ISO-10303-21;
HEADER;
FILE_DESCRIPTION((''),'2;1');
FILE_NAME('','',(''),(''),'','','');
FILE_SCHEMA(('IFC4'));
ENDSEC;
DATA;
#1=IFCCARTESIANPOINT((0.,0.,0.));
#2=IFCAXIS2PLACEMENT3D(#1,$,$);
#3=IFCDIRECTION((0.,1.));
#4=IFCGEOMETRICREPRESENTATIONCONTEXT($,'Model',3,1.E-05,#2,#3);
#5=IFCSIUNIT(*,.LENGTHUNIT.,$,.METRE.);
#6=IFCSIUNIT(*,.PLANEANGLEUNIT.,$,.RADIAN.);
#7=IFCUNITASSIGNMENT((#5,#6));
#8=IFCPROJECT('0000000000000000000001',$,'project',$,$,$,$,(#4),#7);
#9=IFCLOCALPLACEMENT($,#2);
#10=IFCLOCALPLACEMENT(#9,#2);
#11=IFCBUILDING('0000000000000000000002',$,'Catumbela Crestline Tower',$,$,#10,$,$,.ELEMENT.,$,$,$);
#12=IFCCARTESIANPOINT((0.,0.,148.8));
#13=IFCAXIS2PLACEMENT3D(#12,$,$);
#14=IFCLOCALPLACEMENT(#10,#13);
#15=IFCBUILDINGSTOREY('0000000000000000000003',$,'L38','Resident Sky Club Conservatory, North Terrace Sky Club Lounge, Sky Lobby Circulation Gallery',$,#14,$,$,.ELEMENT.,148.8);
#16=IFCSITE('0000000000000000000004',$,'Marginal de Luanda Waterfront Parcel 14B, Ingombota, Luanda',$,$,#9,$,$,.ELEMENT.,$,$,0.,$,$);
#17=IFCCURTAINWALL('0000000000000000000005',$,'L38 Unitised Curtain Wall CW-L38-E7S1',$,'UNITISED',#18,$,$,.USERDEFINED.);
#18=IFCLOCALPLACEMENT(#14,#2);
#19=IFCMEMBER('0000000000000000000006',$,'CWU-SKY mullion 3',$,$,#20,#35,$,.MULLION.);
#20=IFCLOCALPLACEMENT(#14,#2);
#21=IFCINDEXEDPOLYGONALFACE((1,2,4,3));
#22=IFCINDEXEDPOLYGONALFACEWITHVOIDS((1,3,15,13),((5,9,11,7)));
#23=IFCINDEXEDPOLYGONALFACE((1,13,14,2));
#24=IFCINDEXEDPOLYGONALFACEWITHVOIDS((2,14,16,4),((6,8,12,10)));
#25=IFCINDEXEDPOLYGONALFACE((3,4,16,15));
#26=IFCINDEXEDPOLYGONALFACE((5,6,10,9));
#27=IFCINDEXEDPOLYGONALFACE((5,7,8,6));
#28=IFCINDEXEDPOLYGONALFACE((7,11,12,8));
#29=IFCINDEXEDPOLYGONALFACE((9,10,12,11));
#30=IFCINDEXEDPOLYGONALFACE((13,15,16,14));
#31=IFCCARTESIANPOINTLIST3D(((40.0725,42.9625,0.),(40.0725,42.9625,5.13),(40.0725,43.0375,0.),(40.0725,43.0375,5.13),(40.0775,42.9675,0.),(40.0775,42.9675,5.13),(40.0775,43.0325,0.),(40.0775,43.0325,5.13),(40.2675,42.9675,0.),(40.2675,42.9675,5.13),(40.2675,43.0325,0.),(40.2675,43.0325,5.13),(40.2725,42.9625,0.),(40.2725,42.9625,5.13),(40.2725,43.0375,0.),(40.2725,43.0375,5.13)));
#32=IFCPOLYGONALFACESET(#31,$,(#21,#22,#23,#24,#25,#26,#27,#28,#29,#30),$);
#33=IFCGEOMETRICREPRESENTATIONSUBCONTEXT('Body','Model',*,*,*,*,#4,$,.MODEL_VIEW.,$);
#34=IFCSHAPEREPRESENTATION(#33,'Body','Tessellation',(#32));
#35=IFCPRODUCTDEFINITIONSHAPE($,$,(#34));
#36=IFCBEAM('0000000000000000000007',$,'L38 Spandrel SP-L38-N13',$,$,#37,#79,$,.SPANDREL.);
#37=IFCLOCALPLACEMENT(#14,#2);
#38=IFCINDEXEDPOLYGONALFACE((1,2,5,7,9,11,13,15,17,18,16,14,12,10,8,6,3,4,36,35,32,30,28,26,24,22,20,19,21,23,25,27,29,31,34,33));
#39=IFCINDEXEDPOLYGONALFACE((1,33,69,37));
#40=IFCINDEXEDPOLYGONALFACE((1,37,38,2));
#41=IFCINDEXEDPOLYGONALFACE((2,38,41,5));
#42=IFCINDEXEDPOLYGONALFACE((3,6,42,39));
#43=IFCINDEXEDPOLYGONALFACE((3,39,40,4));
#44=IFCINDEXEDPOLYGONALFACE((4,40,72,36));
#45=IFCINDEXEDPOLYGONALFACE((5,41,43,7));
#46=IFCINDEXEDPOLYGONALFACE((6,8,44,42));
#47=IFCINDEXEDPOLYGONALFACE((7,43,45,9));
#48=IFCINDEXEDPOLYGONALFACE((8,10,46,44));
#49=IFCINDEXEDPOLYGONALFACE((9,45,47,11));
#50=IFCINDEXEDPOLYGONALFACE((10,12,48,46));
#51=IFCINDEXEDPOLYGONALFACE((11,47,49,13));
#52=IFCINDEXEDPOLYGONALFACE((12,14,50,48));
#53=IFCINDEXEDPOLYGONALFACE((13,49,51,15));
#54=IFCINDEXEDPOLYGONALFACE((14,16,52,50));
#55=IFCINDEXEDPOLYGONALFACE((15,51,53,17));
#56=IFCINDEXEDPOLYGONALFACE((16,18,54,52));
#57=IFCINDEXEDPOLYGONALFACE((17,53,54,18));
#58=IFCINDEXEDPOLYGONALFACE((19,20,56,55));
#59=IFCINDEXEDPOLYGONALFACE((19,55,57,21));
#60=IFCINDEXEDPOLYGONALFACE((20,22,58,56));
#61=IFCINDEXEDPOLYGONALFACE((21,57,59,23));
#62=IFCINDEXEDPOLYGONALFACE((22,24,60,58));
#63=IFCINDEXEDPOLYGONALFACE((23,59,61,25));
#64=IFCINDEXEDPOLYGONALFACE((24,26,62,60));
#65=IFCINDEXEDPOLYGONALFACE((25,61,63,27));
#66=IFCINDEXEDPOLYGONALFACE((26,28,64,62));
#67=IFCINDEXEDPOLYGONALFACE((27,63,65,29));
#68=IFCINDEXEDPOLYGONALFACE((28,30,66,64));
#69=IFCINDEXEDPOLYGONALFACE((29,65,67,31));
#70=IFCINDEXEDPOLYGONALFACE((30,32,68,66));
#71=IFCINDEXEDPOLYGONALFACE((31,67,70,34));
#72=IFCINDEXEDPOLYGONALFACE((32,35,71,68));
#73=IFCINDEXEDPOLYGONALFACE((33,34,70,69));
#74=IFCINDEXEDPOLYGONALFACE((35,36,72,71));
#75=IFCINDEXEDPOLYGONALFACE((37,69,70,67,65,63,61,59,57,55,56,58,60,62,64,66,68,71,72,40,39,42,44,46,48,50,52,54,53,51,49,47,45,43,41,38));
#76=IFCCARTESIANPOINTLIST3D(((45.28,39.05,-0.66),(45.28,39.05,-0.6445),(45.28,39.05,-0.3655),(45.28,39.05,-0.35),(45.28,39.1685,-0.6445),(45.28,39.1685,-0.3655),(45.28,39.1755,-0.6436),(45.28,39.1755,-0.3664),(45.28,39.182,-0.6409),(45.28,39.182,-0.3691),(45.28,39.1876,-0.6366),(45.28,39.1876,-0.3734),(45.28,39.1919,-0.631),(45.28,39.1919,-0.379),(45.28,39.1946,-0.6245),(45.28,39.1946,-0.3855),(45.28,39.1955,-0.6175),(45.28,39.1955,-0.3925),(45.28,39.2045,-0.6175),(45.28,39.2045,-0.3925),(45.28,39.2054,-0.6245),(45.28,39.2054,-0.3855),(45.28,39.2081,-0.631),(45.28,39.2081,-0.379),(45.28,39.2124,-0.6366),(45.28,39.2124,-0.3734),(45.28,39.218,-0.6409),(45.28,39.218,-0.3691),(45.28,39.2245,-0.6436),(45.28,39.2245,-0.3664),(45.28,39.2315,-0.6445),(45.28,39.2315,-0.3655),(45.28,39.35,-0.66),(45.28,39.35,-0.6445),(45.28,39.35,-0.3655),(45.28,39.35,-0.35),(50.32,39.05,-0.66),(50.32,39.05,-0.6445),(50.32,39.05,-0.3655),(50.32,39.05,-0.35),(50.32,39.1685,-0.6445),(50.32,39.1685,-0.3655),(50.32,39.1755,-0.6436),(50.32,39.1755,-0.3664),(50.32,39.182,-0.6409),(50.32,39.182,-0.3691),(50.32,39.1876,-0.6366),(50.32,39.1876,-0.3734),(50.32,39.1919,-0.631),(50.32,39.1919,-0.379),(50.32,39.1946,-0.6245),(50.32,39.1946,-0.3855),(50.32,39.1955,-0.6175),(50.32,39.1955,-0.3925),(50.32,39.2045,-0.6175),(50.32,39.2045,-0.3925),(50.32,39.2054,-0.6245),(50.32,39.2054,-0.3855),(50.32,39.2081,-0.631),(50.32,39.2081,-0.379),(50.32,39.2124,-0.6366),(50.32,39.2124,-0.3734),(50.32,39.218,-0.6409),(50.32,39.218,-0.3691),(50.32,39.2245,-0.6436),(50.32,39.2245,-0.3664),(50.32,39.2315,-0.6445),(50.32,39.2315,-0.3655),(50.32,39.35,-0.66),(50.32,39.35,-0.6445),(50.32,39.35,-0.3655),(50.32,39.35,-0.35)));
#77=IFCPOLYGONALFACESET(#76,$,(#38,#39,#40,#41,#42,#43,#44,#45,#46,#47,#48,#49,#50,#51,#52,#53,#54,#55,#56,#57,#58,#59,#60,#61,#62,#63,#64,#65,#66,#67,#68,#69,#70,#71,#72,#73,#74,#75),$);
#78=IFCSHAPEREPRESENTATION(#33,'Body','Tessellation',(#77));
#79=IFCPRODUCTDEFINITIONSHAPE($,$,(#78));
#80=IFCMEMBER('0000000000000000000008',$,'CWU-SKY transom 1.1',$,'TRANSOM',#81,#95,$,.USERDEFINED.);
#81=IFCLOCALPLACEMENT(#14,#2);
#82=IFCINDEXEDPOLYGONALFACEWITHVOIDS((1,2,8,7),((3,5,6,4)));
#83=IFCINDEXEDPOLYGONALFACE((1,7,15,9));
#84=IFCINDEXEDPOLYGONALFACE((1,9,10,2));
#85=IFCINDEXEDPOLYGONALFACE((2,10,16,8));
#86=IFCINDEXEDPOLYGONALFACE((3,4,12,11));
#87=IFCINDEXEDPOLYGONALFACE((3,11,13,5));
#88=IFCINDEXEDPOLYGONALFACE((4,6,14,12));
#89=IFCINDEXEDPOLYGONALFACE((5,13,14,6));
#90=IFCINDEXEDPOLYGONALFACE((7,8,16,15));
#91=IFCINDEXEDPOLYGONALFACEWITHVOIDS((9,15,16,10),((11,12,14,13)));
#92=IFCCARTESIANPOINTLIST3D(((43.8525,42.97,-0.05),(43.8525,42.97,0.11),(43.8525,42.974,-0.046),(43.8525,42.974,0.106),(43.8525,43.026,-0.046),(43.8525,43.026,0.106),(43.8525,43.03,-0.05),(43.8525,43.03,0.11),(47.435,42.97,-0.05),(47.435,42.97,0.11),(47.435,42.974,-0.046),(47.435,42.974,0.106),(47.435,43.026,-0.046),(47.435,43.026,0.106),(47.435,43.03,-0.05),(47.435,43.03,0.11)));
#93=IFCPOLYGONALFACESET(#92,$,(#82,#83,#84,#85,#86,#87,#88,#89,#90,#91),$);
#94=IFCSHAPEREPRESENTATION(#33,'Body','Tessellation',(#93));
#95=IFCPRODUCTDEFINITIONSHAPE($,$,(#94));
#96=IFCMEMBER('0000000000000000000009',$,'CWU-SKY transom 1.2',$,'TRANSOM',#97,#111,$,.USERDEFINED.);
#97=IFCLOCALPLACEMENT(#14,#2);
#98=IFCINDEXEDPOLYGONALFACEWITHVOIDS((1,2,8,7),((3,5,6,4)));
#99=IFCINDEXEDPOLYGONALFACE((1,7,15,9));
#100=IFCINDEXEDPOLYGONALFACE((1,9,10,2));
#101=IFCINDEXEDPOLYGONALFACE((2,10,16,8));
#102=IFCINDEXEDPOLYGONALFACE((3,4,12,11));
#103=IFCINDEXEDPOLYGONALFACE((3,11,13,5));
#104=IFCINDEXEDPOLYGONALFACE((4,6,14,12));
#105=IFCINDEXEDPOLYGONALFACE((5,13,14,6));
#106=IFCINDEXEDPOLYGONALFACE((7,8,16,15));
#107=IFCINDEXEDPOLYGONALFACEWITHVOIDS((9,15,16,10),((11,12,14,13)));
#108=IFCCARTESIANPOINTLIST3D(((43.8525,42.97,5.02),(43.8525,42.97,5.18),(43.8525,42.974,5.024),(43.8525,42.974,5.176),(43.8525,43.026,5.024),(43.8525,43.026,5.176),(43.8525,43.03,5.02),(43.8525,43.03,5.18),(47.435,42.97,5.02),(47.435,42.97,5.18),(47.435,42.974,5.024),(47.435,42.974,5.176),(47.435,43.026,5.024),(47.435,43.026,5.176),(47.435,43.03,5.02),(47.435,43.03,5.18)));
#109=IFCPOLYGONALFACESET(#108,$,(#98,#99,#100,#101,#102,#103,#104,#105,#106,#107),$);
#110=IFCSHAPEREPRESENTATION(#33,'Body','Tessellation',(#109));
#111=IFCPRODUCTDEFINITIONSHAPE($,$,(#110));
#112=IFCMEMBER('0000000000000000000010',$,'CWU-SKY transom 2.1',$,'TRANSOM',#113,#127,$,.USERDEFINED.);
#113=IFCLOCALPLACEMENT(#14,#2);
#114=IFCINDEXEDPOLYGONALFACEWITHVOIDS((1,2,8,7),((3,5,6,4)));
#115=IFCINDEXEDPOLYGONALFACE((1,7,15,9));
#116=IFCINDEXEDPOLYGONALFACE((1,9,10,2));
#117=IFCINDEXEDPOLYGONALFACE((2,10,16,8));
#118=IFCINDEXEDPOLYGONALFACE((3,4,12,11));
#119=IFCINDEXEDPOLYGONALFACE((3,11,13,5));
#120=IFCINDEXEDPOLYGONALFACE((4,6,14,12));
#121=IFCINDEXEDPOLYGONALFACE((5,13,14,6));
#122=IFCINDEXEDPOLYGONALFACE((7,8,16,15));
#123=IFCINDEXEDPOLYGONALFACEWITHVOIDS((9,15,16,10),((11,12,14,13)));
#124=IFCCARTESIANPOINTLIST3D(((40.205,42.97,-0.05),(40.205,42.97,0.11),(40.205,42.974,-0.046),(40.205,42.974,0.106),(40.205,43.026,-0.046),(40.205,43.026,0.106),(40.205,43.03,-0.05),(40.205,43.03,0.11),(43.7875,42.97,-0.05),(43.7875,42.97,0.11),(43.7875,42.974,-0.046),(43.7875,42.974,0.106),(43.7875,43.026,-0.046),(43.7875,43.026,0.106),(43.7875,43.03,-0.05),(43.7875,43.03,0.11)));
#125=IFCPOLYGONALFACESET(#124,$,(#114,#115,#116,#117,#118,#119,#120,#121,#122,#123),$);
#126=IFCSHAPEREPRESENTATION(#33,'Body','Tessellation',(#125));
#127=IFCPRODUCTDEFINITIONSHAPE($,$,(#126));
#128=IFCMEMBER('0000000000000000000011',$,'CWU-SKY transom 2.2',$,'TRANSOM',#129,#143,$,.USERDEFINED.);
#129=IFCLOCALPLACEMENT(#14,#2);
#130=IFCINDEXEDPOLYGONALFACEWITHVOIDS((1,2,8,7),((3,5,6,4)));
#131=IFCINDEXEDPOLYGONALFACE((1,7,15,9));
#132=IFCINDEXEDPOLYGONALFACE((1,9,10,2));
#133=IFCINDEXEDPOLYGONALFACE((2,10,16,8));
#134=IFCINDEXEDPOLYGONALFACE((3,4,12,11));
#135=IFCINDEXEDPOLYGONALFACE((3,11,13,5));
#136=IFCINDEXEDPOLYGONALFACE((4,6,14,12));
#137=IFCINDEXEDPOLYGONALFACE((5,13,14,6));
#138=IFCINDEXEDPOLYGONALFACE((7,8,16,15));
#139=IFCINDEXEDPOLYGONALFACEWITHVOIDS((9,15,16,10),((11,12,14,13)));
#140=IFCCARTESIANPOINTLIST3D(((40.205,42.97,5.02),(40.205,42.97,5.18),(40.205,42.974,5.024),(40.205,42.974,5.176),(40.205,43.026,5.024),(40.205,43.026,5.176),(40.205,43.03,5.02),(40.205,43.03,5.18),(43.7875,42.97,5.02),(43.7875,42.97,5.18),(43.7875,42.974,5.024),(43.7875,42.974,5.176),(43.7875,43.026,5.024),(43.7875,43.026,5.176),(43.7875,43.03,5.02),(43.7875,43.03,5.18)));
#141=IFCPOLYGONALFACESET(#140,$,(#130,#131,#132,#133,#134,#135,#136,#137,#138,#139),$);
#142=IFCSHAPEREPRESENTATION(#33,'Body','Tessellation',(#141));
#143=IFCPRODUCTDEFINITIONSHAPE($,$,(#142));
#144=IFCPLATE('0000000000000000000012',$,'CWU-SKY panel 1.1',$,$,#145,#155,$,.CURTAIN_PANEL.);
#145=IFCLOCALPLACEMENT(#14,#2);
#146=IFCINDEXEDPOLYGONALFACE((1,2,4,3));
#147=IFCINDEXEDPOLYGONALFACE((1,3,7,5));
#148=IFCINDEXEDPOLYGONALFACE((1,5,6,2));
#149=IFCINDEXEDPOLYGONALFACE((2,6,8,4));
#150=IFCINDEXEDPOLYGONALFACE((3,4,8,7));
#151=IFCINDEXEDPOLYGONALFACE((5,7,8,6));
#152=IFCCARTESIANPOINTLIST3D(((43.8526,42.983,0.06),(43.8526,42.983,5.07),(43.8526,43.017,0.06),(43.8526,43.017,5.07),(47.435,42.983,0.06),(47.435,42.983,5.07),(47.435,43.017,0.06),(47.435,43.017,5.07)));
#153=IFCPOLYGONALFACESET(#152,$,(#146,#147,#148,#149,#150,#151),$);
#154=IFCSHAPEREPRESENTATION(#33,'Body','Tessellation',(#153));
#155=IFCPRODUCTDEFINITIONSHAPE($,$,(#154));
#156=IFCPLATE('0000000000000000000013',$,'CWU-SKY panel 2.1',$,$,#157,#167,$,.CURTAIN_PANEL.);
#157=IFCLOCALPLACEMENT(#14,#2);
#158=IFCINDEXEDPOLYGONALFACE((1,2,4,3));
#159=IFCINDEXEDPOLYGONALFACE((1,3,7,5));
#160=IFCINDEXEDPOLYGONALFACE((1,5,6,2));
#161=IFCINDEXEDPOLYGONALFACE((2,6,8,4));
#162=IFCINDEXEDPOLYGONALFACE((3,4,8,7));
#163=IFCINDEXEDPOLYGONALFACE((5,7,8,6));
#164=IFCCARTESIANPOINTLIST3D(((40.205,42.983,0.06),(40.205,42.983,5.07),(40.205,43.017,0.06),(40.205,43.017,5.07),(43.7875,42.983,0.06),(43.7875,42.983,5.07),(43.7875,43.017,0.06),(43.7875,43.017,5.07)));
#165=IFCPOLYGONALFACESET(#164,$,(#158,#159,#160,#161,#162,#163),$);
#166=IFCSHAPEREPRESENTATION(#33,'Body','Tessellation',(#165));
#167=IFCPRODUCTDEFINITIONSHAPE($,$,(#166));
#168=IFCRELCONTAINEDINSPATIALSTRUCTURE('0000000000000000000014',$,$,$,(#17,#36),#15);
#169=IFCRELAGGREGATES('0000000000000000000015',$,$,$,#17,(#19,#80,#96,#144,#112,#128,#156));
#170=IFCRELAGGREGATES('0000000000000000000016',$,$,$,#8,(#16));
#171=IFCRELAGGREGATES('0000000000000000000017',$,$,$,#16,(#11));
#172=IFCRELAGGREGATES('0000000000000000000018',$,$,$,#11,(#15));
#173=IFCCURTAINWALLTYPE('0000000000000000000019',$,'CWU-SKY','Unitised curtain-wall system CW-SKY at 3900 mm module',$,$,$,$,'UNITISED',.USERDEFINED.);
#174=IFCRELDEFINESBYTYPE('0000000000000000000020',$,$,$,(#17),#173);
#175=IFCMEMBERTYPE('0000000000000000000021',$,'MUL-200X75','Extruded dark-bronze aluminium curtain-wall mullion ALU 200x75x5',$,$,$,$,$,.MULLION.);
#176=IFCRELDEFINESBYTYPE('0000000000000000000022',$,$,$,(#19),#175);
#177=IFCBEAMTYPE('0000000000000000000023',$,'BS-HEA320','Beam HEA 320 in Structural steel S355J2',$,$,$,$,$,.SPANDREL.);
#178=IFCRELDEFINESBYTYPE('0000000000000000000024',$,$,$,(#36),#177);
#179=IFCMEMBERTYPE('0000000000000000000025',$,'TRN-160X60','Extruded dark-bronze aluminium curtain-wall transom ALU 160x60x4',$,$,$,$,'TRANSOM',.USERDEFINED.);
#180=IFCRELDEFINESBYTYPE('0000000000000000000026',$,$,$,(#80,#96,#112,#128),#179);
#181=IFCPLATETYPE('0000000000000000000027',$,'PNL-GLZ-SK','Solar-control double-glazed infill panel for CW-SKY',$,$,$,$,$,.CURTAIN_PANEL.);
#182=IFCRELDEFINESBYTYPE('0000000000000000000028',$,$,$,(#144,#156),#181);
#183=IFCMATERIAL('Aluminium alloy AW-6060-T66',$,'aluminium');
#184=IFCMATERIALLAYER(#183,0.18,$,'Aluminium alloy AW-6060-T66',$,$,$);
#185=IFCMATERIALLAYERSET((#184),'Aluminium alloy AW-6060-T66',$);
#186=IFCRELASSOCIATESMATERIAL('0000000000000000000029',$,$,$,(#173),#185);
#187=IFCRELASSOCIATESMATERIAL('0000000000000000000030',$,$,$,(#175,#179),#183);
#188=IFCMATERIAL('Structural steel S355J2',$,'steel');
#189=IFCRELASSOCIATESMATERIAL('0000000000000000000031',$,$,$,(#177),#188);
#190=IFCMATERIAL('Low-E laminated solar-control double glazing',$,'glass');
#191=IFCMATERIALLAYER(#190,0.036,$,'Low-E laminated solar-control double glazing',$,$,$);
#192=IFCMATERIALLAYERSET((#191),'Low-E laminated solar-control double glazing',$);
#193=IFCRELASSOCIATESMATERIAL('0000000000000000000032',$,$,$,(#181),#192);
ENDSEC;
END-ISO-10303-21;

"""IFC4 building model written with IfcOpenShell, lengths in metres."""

from ifc_helpers import new_model, si_unit, direction, frame, origin, origin_2d, place, context, subcontext, project, spatial, rectangle, hollow_rectangle, i_section, extrude, material, layer, layer_set, material_profile, profile_set, type_object, element, aggregate, save


model = new_model("IFC4")

# Units and contexts
model_context = context("Model", 3, precision=1e-05, world=origin(), true_north=direction((0.0, 1.0)))
body_context = subcontext(model_context, "Body", "Model", "MODEL_VIEW")
ifc_project = project(units=[si_unit("LENGTHUNIT", "METRE"), si_unit("PLANEANGLEUNIT", "RADIAN")], contexts=[model_context])

# Site, building, storey
site_placement = place(None, origin())
site = spatial("IfcSite", under=ifc_project, at=site_placement, Name="Marginal de Luanda Waterfront Parcel 14B, Ingombota, Luanda", CompositionType="ELEMENT", RefElevation=0.0)
building_placement = place(site_placement, origin())
building = spatial("IfcBuilding", under=site, at=building_placement, Name="Catumbela Crestline Tower", CompositionType="ELEMENT")
storey_placement = place(building_placement, frame((0.0, 0.0, 148.8)))
storey = spatial("IfcBuildingStorey", under=building, at=storey_placement, Name="L38", Description="Resident Sky Club Conservatory, North Terrace Sky Club Lounge, Sky Lobby Circulation Gallery", CompositionType="ELEMENT", Elevation=148.8)

# Shared definitions
ifc_material_1 = material(Name="Aluminium alloy AW-6060-T66", Category="aluminium")
ifc_layer_1 = layer(ifc_material_1, 0.18, Name="Aluminium alloy AW-6060-T66")
ifc_layer_set_1 = layer_set([ifc_layer_1], Name="Aluminium alloy AW-6060-T66")
curtain_wall_type = type_object("IfcCurtainWallType", Name="CWU-SKY", Description="Unitised curtain-wall system CW-SKY at 3900 mm module", ElementType="UNITISED", PredefinedType="USERDEFINED", material=ifc_layer_set_1)
ifc_material_profile_1 = material_profile(ifc_material_1, hollow_rectangle(XDim=0.075, YDim=0.2, WallThickness=0.005, at=origin_2d()), Name="ALU 200x75x5")
ifc_profile_set_1 = profile_set([ifc_material_profile_1], Name="Aluminium alloy AW-6060-T66")
member_type_1 = type_object("IfcMemberType", Name="MUL-200X75", Description="Extruded dark-bronze aluminium curtain-wall mullion ALU 200x75x5", PredefinedType="MULLION", material=ifc_profile_set_1)

# Curtain wall, member
curtain_wall_1_placement = place(storey_placement, origin())
curtain_wall_1 = element("IfcCurtainWall", 1, at=curtain_wall_1_placement, inside=storey, type_object=curtain_wall_type, Name="L38 Unitised Curtain Wall CW-L38-E7S1", ObjectType="UNITISED", PredefinedType="USERDEFINED")
member_1_placement = place(storey_placement, frame((40.1725, 43.0, 0.0), z_axis=(0.0, 0.0, 1.0), x_axis=(0.0, -1.0, 0.0)))
member_1 = element("IfcMember", 2, at=member_1_placement, type_object=member_type_1, Name="CWU-SKY mullion 3", PredefinedType="MULLION", context=body_context, shape_type="SweptSolid", body=[
    extrude(hollow_rectangle(XDim=0.075, YDim=0.2, WallThickness=0.005, at=origin_2d()), origin(), (0.0, 0.0, 1.0), 5.13),
])

# Beam
ifc_material_2 = material(Name="Structural steel S355J2", Category="steel")
ifc_material_profile_2 = material_profile(ifc_material_2, i_section(OverallWidth=0.3, OverallDepth=0.31, WebThickness=0.009, FlangeThickness=0.0155, FilletRadius=0.027, at=origin_2d()), Name="HEA 320")
ifc_profile_set_2 = profile_set([ifc_material_profile_2], Name="Structural steel S355J2")
beam_type = type_object("IfcBeamType", Name="BS-HEA320", Description="Beam HEA 320 in Structural steel S355J2", PredefinedType="SPANDREL", material=ifc_profile_set_2)
beam_placement = place(storey_placement, frame((45.28, 39.2, -0.505), z_axis=(1.0, 0.0, 0.0), x_axis=(0.0, 1.0, 0.0)))
element("IfcBeam", 3, at=beam_placement, inside=storey, type_object=beam_type, Name="L38 Spandrel SP-L38-N13", PredefinedType="SPANDREL", context=body_context, shape_type="SweptSolid", body=[
    extrude(i_section(OverallWidth=0.3, OverallDepth=0.31, WebThickness=0.009, FlangeThickness=0.0155, FilletRadius=0.027, at=origin_2d()), origin(), (0.0, 0.0, 1.0), 5.04),
])

# Members
ifc_material_profile_3 = material_profile(ifc_material_1, hollow_rectangle(XDim=0.06, YDim=0.16, WallThickness=0.004, at=origin_2d()), Name="ALU 160x60x4")
ifc_profile_set_3 = profile_set([ifc_material_profile_3], Name="Aluminium alloy AW-6060-T66")
member_type_2 = type_object("IfcMemberType", Name="TRN-160X60", Description="Extruded dark-bronze aluminium curtain-wall transom ALU 160x60x4", ElementType="TRANSOM", PredefinedType="USERDEFINED", material=ifc_profile_set_3)
member_2_placement = place(storey_placement, frame((47.435, 43.0, 0.03), z_axis=(-1.0, 0.0, 0.0), x_axis=(0.0, -1.0, 0.0)))
member_2 = element("IfcMember", 4, at=member_2_placement, type_object=member_type_2, Name="CWU-SKY transom 1.1", ObjectType="TRANSOM", PredefinedType="USERDEFINED", context=body_context, shape_type="SweptSolid", body=[
    extrude(hollow_rectangle(XDim=0.06, YDim=0.16, WallThickness=0.004, at=origin_2d()), origin(), (0.0, 0.0, 1.0), 3.5825),
])
member_3_placement = place(storey_placement, frame((47.435, 43.0, 5.1), z_axis=(-1.0, 0.0, 0.0), x_axis=(0.0, -1.0, 0.0)))
member_3 = element("IfcMember", 5, at=member_3_placement, type_object=member_type_2, Name="CWU-SKY transom 1.2", ObjectType="TRANSOM", PredefinedType="USERDEFINED", context=body_context, shape_type="SweptSolid", body=[
    extrude(hollow_rectangle(XDim=0.06, YDim=0.16, WallThickness=0.004, at=origin_2d()), origin(), (0.0, 0.0, 1.0), 3.5825),
])
member_4_placement = place(storey_placement, frame((43.7875, 43.0, 0.03), z_axis=(-1.0, 0.0, 0.0), x_axis=(0.0, -1.0, 0.0)))
member_4 = element("IfcMember", 6, at=member_4_placement, type_object=member_type_2, Name="CWU-SKY transom 2.1", ObjectType="TRANSOM", PredefinedType="USERDEFINED", context=body_context, shape_type="SweptSolid", body=[
    extrude(hollow_rectangle(XDim=0.06, YDim=0.16, WallThickness=0.004, at=origin_2d()), origin(), (0.0, 0.0, 1.0), 3.5825),
])
member_5_placement = place(storey_placement, frame((43.7875, 43.0, 5.1), z_axis=(-1.0, 0.0, 0.0), x_axis=(0.0, -1.0, 0.0)))
member_5 = element("IfcMember", 7, at=member_5_placement, type_object=member_type_2, Name="CWU-SKY transom 2.2", ObjectType="TRANSOM", PredefinedType="USERDEFINED", context=body_context, shape_type="SweptSolid", body=[
    extrude(hollow_rectangle(XDim=0.06, YDim=0.16, WallThickness=0.004, at=origin_2d()), origin(), (0.0, 0.0, 1.0), 3.5825),
])

# Plates
ifc_material_3 = material(Name="Low-E laminated solar-control double glazing", Category="glass")
ifc_layer_2 = layer(ifc_material_3, 0.036, Name="Low-E laminated solar-control double glazing")
ifc_layer_set_2 = layer_set([ifc_layer_2], Name="Low-E laminated solar-control double glazing")
plate_type = type_object("IfcPlateType", Name="PNL-GLZ-SK", Description="Solar-control double-glazed infill panel for CW-SKY", PredefinedType="CURTAIN_PANEL", material=ifc_layer_set_2)
plate_1_placement = place(storey_placement, frame((45.6438, 43.0, 0.06), z_axis=(0.0, 0.0, 1.0), x_axis=(-1.0, 0.0, 0.0)))
plate_1 = element("IfcPlate", 8, at=plate_1_placement, type_object=plate_type, Name="CWU-SKY panel 1.1", PredefinedType="CURTAIN_PANEL", context=body_context, shape_type="SweptSolid", body=[
    extrude(rectangle(XDim=3.5825, YDim=0.034, at=origin_2d()), origin(), (0.0, 0.0, 1.0), 5.01),
])
plate_2_placement = place(storey_placement, frame((41.9963, 43.0, 0.06), z_axis=(0.0, 0.0, 1.0), x_axis=(-1.0, 0.0, 0.0)))
plate_2 = element("IfcPlate", 9, at=plate_2_placement, type_object=plate_type, Name="CWU-SKY panel 2.1", PredefinedType="CURTAIN_PANEL", context=body_context, shape_type="SweptSolid", body=[
    extrude(rectangle(XDim=3.5825, YDim=0.034, at=origin_2d()), origin(), (0.0, 0.0, 1.0), 5.01),
])
aggregate(curtain_wall_1, [member_1, member_2, member_3, plate_1, member_4, member_5, plate_2])

save(model, "model.ifc")
